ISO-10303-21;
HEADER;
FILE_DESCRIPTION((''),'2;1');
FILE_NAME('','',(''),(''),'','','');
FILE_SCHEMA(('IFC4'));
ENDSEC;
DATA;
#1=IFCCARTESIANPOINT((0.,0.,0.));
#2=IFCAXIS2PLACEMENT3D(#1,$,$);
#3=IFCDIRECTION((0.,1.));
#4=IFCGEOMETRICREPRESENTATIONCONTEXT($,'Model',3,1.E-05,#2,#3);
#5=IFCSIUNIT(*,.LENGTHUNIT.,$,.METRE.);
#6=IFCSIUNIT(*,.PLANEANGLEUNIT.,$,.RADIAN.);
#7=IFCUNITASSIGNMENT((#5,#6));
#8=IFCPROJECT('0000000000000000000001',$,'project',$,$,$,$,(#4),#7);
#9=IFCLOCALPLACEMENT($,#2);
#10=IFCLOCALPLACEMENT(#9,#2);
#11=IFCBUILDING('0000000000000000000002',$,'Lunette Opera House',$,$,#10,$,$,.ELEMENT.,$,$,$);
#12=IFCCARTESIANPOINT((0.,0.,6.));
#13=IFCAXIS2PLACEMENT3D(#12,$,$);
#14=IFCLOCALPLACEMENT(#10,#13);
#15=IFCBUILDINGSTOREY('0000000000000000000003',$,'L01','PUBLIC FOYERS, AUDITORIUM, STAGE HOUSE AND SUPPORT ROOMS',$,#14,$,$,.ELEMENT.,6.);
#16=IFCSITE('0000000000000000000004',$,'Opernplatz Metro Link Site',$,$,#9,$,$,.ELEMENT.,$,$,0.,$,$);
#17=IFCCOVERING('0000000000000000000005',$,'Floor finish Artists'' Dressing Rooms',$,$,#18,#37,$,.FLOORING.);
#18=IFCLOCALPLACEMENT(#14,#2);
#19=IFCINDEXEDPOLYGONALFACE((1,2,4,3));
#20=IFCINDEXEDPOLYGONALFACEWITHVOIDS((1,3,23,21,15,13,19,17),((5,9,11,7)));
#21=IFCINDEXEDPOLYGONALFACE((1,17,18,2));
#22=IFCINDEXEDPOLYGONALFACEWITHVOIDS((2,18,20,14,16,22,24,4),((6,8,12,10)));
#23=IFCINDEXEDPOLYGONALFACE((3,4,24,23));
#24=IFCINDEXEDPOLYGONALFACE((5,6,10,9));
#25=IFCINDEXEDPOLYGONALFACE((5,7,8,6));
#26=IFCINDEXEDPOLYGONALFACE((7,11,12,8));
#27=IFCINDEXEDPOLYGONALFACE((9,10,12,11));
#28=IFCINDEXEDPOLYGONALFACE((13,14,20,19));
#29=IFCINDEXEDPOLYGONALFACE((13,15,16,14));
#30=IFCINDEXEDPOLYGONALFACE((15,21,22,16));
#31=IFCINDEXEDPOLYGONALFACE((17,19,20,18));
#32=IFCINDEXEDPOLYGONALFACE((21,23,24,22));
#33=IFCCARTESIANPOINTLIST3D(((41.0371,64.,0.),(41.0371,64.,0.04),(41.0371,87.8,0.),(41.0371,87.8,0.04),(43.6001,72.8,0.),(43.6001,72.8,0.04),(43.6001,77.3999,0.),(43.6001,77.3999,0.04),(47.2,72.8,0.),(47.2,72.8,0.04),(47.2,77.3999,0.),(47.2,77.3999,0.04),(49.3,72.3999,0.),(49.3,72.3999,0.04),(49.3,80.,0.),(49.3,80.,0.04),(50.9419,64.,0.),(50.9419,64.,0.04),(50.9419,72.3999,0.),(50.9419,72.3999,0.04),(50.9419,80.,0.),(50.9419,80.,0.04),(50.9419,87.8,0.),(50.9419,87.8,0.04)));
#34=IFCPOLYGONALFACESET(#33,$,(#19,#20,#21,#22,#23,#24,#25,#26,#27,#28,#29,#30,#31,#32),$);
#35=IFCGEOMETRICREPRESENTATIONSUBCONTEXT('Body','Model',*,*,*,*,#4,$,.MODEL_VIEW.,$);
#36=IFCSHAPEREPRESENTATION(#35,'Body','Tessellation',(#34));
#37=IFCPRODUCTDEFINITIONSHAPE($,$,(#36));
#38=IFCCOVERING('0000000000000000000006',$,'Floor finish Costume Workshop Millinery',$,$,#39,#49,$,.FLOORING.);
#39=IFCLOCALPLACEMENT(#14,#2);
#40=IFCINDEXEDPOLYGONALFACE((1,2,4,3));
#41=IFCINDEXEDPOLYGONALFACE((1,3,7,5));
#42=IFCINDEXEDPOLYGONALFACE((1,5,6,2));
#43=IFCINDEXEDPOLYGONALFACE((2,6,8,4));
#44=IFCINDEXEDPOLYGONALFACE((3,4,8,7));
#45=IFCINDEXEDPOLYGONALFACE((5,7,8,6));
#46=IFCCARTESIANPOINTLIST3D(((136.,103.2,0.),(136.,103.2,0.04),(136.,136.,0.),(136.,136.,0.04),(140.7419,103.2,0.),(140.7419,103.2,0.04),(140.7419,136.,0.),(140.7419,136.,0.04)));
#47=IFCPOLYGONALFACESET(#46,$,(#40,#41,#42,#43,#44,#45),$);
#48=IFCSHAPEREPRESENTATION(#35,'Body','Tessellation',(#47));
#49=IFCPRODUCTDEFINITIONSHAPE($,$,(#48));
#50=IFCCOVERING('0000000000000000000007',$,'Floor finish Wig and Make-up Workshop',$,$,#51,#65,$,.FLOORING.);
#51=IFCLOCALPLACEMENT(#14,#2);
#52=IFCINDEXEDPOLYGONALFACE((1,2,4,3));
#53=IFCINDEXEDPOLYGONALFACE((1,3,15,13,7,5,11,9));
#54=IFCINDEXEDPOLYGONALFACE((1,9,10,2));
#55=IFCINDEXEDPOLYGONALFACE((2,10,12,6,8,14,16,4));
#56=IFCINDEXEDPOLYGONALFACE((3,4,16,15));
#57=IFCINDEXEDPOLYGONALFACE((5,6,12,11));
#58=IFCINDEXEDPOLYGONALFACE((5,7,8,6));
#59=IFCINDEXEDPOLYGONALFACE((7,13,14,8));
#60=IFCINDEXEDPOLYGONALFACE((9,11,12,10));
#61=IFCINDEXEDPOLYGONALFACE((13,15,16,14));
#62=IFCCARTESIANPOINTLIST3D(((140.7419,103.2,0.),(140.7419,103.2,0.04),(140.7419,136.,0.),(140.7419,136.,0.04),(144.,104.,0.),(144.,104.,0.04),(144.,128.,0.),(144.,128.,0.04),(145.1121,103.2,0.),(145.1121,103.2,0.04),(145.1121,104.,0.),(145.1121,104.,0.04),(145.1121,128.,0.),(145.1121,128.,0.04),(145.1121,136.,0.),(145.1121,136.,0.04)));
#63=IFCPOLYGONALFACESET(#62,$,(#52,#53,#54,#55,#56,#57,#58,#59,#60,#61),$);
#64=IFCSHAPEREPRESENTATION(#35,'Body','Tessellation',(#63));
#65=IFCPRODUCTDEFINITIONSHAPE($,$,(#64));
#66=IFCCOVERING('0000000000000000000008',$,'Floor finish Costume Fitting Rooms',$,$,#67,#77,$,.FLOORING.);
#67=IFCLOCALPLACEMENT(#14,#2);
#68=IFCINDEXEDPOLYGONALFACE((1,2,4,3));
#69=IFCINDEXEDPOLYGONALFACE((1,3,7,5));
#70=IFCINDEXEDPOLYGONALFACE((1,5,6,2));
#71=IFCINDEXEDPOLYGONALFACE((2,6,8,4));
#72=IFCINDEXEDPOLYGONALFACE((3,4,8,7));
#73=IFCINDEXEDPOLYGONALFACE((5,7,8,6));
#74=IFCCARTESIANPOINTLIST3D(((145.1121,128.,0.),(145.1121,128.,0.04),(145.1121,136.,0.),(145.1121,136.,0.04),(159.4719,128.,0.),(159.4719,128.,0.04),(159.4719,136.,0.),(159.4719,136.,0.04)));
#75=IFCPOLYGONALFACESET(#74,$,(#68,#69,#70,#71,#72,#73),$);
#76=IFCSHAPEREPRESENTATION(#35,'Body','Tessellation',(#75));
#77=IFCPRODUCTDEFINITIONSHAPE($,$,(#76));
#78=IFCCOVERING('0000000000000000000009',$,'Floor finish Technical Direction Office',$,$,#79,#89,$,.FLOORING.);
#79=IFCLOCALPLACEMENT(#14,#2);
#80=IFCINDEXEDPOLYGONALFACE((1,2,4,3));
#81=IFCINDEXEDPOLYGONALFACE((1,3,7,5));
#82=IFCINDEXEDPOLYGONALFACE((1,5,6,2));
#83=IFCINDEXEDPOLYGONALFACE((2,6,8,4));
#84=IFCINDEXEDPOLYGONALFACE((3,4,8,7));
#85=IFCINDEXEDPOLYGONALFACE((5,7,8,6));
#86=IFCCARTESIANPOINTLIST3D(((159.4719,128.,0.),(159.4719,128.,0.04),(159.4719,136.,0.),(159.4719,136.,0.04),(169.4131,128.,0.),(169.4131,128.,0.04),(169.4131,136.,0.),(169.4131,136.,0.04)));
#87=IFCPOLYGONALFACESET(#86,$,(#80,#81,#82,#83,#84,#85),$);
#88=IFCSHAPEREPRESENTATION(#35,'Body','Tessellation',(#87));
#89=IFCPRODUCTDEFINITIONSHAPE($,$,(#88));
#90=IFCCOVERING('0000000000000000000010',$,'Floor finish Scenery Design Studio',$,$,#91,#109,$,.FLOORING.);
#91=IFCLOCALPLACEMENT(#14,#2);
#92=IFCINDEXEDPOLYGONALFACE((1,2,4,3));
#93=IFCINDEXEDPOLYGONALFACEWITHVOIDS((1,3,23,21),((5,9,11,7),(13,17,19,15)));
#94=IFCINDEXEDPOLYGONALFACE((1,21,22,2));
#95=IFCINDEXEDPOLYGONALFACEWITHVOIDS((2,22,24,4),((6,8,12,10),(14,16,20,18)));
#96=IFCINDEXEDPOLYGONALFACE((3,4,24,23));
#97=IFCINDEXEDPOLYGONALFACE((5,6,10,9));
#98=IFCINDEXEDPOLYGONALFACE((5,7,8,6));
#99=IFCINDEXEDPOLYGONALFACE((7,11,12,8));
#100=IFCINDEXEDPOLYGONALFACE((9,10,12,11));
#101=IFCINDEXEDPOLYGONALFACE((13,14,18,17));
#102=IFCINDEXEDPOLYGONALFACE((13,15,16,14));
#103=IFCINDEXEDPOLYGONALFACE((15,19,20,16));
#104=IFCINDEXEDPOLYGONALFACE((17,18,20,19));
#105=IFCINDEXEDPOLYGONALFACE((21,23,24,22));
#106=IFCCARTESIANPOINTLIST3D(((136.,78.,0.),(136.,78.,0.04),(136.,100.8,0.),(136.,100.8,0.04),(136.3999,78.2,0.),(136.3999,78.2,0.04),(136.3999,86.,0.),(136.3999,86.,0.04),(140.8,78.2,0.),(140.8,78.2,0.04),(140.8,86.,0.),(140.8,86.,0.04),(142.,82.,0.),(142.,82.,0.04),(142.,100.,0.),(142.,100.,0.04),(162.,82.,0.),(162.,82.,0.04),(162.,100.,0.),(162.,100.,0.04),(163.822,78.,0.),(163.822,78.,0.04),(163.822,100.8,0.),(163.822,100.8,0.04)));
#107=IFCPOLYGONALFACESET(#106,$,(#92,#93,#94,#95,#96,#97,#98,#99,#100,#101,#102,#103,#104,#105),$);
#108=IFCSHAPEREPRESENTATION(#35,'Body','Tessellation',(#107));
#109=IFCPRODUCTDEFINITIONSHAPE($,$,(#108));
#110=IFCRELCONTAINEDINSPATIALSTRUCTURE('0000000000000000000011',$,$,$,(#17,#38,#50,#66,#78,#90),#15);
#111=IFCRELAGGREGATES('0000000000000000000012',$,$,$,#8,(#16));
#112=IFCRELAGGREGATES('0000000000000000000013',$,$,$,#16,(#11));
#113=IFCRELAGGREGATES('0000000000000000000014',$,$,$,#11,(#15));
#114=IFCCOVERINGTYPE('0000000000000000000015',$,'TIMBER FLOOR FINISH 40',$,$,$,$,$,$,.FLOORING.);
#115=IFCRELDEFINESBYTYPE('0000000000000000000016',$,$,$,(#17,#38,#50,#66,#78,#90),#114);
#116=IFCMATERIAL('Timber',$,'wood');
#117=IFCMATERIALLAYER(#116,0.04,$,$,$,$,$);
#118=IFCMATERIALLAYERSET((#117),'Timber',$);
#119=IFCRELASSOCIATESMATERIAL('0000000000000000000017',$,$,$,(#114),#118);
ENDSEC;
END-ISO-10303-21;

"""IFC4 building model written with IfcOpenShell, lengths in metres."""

from ifc_helpers import new_model, si_unit, direction, frame, origin, place, context, subcontext, project, spatial, polyline, outline, extrude, material, layer, layer_set, type_object, element, save


model = new_model("IFC4")

# Units and contexts
model_context = context("Model", 3, precision=1e-05, world=origin(), true_north=direction((0.0, 1.0)))
body_context = subcontext(model_context, "Body", "Model", "MODEL_VIEW")
ifc_project = project(units=[si_unit("LENGTHUNIT", "METRE"), si_unit("PLANEANGLEUNIT", "RADIAN")], contexts=[model_context])

# Site, building, storey
site_placement = place(None, origin())
site = spatial("IfcSite", under=ifc_project, at=site_placement, Name="Opernplatz Metro Link Site", CompositionType="ELEMENT", RefElevation=0.0)
building_placement = place(site_placement, origin())
building = spatial("IfcBuilding", under=site, at=building_placement, Name="Lunette Opera House", CompositionType="ELEMENT")
storey_placement = place(building_placement, frame((0.0, 0.0, 6.0)))
storey = spatial("IfcBuildingStorey", under=building, at=storey_placement, Name="L01", Description="PUBLIC FOYERS, AUDITORIUM, STAGE HOUSE AND SUPPORT ROOMS", CompositionType="ELEMENT", Elevation=6.0)

# Coverings
ifc_material_1 = material(Name="Timber", Category="wood")
ifc_layer_1 = layer(ifc_material_1, 0.04)
ifc_layer_set_1 = layer_set([ifc_layer_1], Name="Timber")
covering_type_1 = type_object("IfcCoveringType", Name="TIMBER FLOOR FINISH 40", PredefinedType="FLOORING", material=ifc_layer_set_1)
covering_1_placement = place(storey_placement, origin())
element("IfcCovering", 1, at=covering_1_placement, inside=storey, type_object=covering_type_1, Name="Floor finish Artists' Dressing Rooms", PredefinedType="FLOORING", context=body_context, shape_type="SweptSolid", body=[
    extrude(outline(polyline([(41.0371, 64.0), (41.0371, 87.8), (50.9419, 87.8), (50.9419, 80.0), (49.3, 80.0), (49.3, 72.3999), (50.9419, 72.3999), (50.9419, 64.0), (41.0371, 64.0)]), holes=[polyline([(43.6001, 77.3999), (43.6001, 72.8), (47.2, 72.8), (47.2, 77.3999), (43.6001, 77.3999)])]), origin(), (0.0, 0.0, 1.0), 0.04),
])
covering_2_placement = place(storey_placement, origin())
element("IfcCovering", 2, at=covering_2_placement, inside=storey, type_object=covering_type_1, Name="Floor finish Costume Workshop Millinery", PredefinedType="FLOORING", context=body_context, shape_type="SweptSolid", body=[
    extrude(outline(polyline([(136.0, 103.2), (136.0, 136.0), (140.7419, 136.0), (140.7419, 103.2), (136.0, 103.2)])), origin(), (0.0, 0.0, 1.0), 0.04),
])
covering_3_placement = place(storey_placement, origin())
element("IfcCovering", 3, at=covering_3_placement, inside=storey, type_object=covering_type_1, Name="Floor finish Wig and Make-up Workshop", PredefinedType="FLOORING", context=body_context, shape_type="SweptSolid", body=[
    extrude(outline(polyline([(140.7419, 103.2), (140.7419, 136.0), (145.1121, 136.0), (145.1121, 128.0), (144.0, 128.0), (144.0, 104.0), (145.1121, 104.0), (145.1121, 103.2), (140.7419, 103.2)])), origin(), (0.0, 0.0, 1.0), 0.04),
])
covering_4_placement = place(storey_placement, origin())
element("IfcCovering", 4, at=covering_4_placement, inside=storey, type_object=covering_type_1, Name="Floor finish Costume Fitting Rooms", PredefinedType="FLOORING", context=body_context, shape_type="SweptSolid", body=[
    extrude(outline(polyline([(145.1121, 128.0), (145.1121, 136.0), (159.4719, 136.0), (159.4719, 128.0), (145.1121, 128.0)])), origin(), (0.0, 0.0, 1.0), 0.04),
])
covering_5_placement = place(storey_placement, origin())
element("IfcCovering", 5, at=covering_5_placement, inside=storey, type_object=covering_type_1, Name="Floor finish Technical Direction Office", PredefinedType="FLOORING", context=body_context, shape_type="SweptSolid", body=[
    extrude(outline(polyline([(159.4719, 128.0), (159.4719, 136.0), (169.4131, 136.0), (169.4131, 128.0), (159.4719, 128.0)])), origin(), (0.0, 0.0, 1.0), 0.04),
])
covering_6_placement = place(storey_placement, origin())
element("IfcCovering", 6, at=covering_6_placement, inside=storey, type_object=covering_type_1, Name="Floor finish Scenery Design Studio", PredefinedType="FLOORING", context=body_context, shape_type="SweptSolid", body=[
    extrude(outline(polyline([(136.0, 100.8), (163.822, 100.8), (163.822, 78.0), (136.0, 78.0), (136.0, 100.8)]), holes=[polyline([(162.0, 100.0), (142.0, 100.0), (142.0, 82.0), (162.0, 82.0), (162.0, 100.0)]), polyline([(136.3999, 78.2), (140.8, 78.2), (140.8, 86.0), (136.3999, 86.0), (136.3999, 78.2)])]), origin(), (0.0, 0.0, 1.0), 0.04),
])

save(model, "model.ifc")
